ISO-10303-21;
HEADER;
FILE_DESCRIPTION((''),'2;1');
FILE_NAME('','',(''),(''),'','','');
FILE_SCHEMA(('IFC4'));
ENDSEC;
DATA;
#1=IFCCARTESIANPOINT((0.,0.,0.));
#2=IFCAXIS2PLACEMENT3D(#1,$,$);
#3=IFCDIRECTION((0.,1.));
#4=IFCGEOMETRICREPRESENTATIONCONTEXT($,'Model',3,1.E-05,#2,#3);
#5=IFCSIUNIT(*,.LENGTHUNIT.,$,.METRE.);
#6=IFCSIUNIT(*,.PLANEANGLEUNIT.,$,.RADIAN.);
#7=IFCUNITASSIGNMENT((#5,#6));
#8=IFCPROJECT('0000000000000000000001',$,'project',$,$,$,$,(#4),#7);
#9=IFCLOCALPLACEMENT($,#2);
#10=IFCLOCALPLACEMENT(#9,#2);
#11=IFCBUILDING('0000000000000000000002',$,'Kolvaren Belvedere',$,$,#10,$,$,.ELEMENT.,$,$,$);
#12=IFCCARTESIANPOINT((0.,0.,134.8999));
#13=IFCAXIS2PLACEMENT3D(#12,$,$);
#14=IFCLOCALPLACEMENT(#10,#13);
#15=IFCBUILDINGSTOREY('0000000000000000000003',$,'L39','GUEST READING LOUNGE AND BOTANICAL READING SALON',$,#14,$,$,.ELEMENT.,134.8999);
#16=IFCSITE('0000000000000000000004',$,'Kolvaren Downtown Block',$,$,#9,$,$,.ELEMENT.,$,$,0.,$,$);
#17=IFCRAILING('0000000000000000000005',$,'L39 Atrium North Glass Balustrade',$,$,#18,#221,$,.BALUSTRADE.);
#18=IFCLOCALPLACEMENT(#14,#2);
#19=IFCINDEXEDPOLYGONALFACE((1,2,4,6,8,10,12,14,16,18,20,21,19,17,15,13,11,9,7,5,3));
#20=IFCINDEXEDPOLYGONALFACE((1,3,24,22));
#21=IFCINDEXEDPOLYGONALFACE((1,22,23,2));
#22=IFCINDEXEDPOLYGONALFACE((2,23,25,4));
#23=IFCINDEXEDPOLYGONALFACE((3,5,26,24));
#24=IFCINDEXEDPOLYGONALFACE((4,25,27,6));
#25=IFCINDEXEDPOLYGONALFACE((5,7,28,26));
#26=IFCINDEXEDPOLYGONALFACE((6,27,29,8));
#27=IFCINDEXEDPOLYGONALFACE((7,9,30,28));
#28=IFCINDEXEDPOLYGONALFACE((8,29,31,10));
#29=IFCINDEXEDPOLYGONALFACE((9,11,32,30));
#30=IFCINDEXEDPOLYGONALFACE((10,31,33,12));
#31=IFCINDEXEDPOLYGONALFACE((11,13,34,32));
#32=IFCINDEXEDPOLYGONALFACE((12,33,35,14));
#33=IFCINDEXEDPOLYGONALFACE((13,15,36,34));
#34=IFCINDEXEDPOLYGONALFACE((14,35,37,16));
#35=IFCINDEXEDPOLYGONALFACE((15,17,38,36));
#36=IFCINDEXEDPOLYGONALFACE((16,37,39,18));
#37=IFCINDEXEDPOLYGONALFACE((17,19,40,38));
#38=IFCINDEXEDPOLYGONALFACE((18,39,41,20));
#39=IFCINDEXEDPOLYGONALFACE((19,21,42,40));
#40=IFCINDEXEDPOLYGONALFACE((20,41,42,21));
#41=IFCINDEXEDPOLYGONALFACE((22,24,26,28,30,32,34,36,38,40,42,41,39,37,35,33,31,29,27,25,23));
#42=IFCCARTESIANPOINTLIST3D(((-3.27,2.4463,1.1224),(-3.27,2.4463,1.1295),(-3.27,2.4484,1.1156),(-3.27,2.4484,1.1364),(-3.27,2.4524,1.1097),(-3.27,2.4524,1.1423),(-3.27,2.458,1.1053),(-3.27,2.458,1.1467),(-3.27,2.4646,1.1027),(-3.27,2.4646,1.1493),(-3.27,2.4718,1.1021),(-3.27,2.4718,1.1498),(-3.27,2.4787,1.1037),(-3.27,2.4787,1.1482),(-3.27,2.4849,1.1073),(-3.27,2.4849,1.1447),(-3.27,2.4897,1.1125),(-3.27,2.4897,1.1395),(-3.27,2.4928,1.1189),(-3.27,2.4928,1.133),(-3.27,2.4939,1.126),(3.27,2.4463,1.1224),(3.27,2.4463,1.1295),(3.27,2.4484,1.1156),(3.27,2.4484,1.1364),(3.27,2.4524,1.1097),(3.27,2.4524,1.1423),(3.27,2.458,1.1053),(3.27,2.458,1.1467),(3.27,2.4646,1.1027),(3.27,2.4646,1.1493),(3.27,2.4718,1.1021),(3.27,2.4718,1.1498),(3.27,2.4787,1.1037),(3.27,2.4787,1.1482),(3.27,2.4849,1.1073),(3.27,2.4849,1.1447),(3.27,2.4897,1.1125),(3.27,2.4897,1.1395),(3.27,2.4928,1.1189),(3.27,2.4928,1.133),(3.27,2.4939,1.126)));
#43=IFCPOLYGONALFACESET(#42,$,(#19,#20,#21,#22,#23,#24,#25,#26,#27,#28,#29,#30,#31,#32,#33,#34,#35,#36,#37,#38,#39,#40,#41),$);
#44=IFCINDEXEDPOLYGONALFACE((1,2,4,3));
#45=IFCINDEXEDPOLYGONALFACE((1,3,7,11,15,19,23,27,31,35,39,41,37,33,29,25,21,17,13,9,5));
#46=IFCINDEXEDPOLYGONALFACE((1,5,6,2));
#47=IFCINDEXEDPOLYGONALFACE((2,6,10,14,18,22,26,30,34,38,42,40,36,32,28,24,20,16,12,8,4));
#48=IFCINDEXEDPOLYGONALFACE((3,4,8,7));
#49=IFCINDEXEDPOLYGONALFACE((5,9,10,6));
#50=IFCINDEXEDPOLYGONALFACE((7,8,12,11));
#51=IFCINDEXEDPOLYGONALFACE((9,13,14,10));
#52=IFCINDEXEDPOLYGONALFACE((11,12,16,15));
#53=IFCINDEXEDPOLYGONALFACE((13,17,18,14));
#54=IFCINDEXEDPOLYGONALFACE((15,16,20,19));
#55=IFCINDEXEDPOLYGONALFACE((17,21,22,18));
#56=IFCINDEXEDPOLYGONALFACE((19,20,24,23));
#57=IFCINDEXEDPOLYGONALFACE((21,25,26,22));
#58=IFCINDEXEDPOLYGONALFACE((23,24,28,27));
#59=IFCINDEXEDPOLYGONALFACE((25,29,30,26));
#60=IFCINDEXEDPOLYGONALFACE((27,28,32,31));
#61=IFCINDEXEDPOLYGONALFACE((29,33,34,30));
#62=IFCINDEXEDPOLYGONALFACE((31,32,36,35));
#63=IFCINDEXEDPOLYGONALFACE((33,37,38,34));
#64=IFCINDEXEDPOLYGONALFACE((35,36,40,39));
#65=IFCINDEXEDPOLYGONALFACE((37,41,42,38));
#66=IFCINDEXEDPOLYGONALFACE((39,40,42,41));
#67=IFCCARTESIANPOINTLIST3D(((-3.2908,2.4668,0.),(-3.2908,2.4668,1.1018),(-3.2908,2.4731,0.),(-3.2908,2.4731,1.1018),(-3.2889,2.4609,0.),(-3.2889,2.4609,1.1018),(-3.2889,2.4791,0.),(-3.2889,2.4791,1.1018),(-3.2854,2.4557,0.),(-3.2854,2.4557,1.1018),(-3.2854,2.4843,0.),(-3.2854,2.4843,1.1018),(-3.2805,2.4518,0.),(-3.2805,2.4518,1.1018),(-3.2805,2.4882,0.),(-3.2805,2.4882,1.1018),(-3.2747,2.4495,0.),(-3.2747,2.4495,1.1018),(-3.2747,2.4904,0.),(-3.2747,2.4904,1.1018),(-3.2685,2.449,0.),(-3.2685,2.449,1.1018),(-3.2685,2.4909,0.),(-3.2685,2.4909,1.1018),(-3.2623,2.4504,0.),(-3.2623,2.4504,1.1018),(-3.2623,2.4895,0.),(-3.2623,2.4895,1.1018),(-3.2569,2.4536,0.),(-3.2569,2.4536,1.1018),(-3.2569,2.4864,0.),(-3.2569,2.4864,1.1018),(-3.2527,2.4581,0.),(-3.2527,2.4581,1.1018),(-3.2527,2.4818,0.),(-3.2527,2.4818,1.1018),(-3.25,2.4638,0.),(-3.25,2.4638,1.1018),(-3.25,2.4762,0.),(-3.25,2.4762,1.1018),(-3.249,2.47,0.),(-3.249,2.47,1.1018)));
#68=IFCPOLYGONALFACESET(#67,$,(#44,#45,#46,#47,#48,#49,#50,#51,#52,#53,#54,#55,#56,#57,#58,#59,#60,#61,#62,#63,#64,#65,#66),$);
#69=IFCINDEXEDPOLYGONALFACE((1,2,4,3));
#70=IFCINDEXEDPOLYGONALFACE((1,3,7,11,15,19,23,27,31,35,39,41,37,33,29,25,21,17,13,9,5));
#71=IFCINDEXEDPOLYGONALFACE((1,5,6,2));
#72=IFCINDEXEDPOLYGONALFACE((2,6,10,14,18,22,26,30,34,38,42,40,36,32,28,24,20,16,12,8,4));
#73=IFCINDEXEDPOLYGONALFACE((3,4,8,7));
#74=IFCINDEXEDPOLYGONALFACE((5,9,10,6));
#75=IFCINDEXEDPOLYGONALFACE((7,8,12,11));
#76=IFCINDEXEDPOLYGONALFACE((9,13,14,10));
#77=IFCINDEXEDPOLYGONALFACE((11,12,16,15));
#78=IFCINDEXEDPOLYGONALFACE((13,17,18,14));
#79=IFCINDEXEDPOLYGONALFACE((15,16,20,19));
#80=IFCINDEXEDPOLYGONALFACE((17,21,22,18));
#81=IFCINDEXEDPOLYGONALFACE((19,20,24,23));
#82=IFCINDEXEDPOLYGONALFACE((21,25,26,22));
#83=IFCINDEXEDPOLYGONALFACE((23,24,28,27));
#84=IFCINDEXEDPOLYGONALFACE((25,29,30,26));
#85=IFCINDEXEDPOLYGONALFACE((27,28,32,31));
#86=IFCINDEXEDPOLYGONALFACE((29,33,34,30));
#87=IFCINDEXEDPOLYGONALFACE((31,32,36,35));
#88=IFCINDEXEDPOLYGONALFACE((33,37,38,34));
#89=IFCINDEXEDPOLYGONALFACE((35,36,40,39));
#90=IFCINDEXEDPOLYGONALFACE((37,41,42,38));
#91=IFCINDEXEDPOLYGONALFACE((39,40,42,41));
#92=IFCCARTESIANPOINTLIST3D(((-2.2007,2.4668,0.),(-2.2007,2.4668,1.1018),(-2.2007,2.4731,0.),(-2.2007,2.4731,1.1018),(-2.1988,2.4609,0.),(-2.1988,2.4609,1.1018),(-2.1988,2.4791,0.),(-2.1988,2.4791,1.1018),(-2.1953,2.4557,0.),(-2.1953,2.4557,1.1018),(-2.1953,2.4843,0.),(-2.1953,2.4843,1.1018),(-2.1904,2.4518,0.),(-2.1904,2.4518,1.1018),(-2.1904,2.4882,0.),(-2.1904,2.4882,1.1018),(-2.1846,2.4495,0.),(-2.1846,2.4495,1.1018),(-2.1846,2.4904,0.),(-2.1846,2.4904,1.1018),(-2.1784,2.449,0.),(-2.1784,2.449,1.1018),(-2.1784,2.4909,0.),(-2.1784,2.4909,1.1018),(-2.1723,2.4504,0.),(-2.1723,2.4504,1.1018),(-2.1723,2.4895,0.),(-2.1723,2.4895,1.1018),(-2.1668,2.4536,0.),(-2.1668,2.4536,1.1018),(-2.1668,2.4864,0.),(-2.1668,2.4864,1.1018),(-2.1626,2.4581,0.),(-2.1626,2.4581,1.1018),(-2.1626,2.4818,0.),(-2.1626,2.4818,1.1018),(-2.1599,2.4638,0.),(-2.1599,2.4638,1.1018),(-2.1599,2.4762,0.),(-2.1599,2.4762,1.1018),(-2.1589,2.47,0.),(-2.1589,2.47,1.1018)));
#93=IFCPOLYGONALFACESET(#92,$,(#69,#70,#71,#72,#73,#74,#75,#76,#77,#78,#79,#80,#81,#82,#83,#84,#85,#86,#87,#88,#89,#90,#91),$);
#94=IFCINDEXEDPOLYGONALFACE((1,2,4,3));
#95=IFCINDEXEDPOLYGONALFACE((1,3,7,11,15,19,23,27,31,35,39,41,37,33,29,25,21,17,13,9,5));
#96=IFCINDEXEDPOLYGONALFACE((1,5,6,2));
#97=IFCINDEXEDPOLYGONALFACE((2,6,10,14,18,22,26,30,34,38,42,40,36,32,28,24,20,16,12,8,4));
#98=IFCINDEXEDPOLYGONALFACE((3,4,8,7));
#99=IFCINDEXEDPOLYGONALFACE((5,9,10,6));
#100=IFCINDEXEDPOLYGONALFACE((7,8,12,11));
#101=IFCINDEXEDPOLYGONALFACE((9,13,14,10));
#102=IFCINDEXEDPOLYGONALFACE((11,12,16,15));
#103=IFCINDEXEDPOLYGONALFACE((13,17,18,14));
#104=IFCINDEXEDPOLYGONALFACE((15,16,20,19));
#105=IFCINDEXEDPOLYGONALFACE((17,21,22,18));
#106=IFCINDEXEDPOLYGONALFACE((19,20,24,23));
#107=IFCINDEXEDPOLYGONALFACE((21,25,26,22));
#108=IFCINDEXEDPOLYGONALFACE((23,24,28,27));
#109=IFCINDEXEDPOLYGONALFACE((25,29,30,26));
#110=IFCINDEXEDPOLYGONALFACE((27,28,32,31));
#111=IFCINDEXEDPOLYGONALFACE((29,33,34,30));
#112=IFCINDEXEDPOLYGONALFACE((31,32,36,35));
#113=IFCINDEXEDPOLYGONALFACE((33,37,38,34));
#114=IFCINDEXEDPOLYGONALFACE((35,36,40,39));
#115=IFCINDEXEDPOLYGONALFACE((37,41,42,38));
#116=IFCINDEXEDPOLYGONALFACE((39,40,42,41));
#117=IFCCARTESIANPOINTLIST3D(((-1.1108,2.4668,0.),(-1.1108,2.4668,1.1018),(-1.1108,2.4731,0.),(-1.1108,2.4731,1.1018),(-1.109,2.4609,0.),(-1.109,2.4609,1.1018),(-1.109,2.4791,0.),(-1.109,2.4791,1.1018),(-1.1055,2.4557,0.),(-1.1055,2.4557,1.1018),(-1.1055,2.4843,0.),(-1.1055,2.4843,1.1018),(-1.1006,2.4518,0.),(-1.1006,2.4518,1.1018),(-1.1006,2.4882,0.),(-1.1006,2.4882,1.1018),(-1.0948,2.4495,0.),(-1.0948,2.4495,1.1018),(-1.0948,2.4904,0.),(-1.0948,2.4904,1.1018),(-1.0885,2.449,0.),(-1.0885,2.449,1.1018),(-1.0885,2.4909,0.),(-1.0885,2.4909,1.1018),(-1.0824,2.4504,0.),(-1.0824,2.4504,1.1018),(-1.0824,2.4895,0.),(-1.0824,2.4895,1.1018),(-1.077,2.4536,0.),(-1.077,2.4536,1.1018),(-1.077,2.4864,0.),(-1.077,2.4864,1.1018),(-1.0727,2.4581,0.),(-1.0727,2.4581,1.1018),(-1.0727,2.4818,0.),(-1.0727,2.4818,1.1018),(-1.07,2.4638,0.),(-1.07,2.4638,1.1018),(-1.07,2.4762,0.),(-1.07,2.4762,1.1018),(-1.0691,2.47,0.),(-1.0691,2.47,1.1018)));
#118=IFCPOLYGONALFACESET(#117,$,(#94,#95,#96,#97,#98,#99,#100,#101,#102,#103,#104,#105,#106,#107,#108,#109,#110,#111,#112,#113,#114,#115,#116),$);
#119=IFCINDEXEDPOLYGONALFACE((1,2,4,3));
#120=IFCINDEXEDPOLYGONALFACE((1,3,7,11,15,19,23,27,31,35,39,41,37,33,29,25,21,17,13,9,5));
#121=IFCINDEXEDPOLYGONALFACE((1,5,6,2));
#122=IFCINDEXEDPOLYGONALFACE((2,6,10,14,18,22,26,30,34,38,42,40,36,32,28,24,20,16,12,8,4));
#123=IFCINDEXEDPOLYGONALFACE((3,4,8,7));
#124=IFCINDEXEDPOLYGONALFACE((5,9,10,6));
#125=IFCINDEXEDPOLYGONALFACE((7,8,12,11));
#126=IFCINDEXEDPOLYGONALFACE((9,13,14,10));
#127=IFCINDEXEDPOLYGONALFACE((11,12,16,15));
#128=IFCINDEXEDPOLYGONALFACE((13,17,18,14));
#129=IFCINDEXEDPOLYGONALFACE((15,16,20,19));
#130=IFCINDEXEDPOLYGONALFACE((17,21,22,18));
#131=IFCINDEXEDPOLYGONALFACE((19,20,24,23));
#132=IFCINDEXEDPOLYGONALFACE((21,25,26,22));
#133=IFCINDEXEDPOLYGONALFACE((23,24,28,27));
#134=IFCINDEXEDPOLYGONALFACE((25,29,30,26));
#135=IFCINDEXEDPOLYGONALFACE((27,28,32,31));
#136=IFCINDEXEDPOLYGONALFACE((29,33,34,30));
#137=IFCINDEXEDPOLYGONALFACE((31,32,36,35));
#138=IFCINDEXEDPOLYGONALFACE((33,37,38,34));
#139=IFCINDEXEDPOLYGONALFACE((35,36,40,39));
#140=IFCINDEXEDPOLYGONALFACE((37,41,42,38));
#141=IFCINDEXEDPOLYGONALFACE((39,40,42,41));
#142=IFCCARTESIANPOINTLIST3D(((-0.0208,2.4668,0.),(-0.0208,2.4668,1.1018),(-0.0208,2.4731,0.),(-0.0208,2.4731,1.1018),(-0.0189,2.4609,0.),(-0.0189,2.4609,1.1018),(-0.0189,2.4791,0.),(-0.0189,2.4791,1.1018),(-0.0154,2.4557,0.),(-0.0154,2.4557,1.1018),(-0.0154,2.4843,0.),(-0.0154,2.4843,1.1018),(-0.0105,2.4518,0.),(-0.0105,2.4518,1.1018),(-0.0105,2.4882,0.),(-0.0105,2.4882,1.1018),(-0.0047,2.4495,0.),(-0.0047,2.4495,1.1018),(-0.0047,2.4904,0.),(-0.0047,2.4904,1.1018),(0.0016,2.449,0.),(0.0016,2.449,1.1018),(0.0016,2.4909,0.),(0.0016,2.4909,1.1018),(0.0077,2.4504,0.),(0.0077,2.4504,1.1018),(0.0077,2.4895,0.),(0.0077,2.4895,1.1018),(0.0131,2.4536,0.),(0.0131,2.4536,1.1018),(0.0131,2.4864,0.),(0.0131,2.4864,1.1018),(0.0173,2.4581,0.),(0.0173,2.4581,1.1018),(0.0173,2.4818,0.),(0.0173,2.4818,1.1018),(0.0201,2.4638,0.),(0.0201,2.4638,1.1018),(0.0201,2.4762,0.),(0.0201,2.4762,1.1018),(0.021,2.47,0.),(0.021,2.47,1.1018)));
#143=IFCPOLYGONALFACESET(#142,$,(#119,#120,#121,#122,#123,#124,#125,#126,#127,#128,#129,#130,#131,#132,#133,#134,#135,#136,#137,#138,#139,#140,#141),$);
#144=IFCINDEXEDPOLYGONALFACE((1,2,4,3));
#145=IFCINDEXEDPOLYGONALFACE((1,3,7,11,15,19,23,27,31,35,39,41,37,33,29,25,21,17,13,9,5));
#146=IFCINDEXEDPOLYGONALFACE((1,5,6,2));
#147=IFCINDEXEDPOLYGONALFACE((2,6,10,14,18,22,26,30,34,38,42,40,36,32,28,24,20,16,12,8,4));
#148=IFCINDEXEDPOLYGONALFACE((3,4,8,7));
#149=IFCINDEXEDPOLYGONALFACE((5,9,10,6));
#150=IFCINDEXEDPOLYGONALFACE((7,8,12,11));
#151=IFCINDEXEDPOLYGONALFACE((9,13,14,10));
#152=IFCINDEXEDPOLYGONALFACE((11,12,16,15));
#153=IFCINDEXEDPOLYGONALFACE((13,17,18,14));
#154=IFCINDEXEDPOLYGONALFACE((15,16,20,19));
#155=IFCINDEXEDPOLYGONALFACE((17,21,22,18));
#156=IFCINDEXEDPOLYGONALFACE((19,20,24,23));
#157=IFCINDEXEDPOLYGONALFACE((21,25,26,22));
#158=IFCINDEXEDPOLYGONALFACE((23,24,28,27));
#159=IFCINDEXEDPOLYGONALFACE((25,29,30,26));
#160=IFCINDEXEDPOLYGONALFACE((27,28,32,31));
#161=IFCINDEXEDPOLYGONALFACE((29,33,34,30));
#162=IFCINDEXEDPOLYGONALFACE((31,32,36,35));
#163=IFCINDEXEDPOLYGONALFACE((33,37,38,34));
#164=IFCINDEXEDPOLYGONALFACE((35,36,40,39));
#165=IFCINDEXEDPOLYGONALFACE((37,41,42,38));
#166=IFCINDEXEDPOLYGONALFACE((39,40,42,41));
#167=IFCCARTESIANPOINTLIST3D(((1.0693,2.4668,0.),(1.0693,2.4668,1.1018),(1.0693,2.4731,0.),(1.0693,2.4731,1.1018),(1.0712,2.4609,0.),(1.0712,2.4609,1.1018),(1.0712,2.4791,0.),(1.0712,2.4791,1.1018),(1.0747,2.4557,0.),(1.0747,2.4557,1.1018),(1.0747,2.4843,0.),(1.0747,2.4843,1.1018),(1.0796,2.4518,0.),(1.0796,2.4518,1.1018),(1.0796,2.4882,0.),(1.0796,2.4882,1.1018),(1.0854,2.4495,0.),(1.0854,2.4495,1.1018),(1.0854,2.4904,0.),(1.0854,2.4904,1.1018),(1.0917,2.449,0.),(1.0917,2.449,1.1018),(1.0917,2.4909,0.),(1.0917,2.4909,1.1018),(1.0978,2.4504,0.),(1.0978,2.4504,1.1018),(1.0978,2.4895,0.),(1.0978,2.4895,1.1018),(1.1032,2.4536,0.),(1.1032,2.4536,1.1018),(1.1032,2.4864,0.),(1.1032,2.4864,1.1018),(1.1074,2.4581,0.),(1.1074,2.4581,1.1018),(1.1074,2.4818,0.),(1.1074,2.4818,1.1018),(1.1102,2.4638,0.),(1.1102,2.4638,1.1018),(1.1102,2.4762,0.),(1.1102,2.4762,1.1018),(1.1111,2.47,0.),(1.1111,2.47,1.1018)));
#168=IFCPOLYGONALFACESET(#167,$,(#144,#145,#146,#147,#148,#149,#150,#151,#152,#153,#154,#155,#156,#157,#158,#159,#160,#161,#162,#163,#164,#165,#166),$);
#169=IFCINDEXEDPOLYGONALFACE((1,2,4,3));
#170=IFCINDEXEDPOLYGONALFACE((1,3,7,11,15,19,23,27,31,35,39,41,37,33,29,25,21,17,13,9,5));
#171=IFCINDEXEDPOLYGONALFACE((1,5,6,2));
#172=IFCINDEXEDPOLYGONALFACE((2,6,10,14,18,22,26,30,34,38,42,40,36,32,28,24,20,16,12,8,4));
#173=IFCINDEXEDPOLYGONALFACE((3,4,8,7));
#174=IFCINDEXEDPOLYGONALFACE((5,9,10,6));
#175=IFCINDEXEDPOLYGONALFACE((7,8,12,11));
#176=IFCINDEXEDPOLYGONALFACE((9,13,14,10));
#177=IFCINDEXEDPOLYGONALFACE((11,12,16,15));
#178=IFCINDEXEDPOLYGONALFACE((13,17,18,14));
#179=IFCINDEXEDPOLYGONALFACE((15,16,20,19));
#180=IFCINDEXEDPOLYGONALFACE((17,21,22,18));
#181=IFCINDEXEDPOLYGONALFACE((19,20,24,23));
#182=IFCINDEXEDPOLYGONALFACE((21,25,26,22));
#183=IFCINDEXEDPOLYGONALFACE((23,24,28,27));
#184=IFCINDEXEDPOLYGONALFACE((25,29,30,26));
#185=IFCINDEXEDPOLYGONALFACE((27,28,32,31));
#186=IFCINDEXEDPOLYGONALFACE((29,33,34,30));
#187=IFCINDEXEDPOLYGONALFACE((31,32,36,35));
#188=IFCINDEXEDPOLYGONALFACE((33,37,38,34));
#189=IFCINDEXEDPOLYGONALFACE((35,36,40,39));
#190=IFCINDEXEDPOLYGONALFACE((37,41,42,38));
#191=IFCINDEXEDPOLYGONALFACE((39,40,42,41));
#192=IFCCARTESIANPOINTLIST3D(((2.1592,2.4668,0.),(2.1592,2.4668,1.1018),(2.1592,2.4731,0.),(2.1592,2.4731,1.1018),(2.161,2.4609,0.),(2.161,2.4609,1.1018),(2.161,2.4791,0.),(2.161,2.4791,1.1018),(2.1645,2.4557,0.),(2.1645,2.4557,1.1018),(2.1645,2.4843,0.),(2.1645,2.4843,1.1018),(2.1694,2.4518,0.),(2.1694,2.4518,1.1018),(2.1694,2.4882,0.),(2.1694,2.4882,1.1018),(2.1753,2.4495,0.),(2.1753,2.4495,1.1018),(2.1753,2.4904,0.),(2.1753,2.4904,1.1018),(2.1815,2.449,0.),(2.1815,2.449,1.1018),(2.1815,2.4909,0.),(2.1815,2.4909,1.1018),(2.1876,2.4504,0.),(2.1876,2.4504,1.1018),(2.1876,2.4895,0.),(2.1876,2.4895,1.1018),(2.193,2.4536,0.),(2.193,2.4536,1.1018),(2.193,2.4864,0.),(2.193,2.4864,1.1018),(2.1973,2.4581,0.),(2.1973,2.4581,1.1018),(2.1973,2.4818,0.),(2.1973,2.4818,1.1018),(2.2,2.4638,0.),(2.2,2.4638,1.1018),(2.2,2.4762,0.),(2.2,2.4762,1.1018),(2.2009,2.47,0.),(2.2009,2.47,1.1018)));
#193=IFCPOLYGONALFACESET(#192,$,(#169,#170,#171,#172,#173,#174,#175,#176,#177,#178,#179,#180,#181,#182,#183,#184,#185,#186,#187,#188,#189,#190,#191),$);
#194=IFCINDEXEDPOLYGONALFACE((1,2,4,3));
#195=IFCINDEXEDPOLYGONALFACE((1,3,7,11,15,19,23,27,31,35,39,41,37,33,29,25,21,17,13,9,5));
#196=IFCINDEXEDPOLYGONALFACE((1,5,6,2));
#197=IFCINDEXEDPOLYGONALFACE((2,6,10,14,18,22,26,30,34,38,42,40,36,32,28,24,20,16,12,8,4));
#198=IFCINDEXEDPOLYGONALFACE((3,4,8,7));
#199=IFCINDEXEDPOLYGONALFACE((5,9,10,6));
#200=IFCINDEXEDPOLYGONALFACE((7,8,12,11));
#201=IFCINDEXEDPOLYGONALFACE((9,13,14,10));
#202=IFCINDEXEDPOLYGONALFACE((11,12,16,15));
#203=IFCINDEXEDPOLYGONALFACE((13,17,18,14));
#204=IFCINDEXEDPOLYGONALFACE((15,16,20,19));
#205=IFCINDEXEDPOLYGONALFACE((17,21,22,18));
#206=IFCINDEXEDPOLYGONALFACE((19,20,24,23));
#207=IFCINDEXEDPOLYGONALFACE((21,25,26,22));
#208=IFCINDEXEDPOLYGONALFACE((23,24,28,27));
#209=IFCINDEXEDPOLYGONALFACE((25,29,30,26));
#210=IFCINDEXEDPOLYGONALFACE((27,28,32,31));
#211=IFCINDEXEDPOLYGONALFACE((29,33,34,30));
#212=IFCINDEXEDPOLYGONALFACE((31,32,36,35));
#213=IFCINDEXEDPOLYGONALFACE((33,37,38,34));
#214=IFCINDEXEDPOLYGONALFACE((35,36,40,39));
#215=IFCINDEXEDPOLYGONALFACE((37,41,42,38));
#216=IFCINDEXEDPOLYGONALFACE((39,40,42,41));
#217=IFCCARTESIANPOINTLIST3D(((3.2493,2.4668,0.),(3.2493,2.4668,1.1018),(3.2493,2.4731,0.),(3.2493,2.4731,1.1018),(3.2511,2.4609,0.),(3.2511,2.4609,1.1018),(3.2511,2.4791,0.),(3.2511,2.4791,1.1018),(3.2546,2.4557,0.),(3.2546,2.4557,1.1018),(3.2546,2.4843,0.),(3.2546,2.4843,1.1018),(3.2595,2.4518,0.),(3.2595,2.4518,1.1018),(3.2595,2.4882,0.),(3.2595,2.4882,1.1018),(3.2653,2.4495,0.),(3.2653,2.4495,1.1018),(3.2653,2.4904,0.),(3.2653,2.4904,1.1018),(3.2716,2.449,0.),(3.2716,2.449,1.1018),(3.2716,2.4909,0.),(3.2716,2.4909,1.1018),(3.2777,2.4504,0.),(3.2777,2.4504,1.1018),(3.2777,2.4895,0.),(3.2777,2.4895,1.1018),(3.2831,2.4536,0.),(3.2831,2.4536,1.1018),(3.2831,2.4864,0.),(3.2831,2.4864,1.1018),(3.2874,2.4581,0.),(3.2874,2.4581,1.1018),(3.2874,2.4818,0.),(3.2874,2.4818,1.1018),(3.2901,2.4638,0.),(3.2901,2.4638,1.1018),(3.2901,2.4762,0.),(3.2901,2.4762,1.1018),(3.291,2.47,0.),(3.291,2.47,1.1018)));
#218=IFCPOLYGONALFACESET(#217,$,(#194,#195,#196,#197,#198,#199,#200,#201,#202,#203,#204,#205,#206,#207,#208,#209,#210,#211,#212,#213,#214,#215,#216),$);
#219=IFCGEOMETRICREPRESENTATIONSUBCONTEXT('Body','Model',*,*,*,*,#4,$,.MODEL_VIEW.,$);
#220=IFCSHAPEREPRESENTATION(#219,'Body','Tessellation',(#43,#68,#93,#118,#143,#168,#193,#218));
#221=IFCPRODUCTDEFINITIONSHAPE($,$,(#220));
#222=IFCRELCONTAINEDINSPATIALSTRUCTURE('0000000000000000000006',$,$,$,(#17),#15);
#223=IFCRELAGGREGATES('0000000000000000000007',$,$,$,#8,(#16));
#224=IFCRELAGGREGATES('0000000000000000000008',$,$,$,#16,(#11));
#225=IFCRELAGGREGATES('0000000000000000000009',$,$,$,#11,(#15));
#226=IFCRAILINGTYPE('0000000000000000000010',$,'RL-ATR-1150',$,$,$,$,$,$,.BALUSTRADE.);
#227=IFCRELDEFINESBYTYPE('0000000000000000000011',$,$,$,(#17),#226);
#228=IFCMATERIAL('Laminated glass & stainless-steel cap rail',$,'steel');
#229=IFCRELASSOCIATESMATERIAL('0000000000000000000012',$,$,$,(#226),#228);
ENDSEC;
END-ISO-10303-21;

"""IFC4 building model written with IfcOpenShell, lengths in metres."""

from ifc_helpers import new_model, si_unit, direction, frame, origin, origin_2d, place, context, subcontext, project, spatial, circle, extrude, material, type_object, element, save


model = new_model("IFC4")

# Units and contexts
model_context = context("Model", 3, precision=1e-05, world=origin(), true_north=direction((0.0, 1.0)))
body_context = subcontext(model_context, "Body", "Model", "MODEL_VIEW")
ifc_project = project(units=[si_unit("LENGTHUNIT", "METRE"), si_unit("PLANEANGLEUNIT", "RADIAN")], contexts=[model_context])

# Site, building, storey
site_placement = place(None, origin())
site = spatial("IfcSite", under=ifc_project, at=site_placement, Name="Kolvaren Downtown Block", CompositionType="ELEMENT", RefElevation=0.0)
building_placement = place(site_placement, origin())
building = spatial("IfcBuilding", under=site, at=building_placement, Name="Kolvaren Belvedere", CompositionType="ELEMENT")
storey_placement = place(building_placement, frame((0.0, 0.0, 134.8999)))
storey = spatial("IfcBuildingStorey", under=building, at=storey_placement, Name="L39", Description="GUEST READING LOUNGE AND BOTANICAL READING SALON", CompositionType="ELEMENT", Elevation=134.8999)

# Railing
ifc_material_1 = material(Name="Laminated glass & stainless-steel cap rail", Category="steel")
railing_type_1 = type_object("IfcRailingType", Name="RL-ATR-1150", PredefinedType="BALUSTRADE", material=ifc_material_1)
railing_1_placement = place(storey_placement, frame((-3.27, 2.47, 0.0)))
element("IfcRailing", 1, at=railing_1_placement, inside=storey, type_object=railing_type_1, Name="L39 Atrium North Glass Balustrade", PredefinedType="BALUSTRADE", context=body_context, shape_type="SweptSolid", body=[
    extrude(circle(Radius=0.0239, at=origin_2d()), frame((0.0, 0.0, 1.126), z_axis=(1.0, 0.0, 0.0), x_axis=(0.0, 1.0, 0.0)), (0.0, 0.0, 1.0), 6.54),
    extrude(circle(Radius=0.021, at=origin_2d()), origin(), (0.0, 0.0, 1.0), 1.1018),
    extrude(circle(Radius=0.021, at=origin_2d()), frame((1.0901, 0.0, 0.0)), (0.0, 0.0, 1.0), 1.1018),
    extrude(circle(Radius=0.021, at=origin_2d()), frame((2.1799, 0.0, 0.0)), (0.0, 0.0, 1.0), 1.1018),
    extrude(circle(Radius=0.021, at=origin_2d()), frame((3.27, 0.0, 0.0)), (0.0, 0.0, 1.0), 1.1018),
    extrude(circle(Radius=0.021, at=origin_2d()), frame((4.3601, 0.0, 0.0)), (0.0, 0.0, 1.0), 1.1018),
    extrude(circle(Radius=0.021, at=origin_2d()), frame((5.45, 0.0, 0.0)), (0.0, 0.0, 1.0), 1.1018),
    extrude(circle(Radius=0.021, at=origin_2d()), frame((6.54, 0.0, 0.0)), (0.0, 0.0, 1.0), 1.1018),
])

save(model, "model.ifc")
